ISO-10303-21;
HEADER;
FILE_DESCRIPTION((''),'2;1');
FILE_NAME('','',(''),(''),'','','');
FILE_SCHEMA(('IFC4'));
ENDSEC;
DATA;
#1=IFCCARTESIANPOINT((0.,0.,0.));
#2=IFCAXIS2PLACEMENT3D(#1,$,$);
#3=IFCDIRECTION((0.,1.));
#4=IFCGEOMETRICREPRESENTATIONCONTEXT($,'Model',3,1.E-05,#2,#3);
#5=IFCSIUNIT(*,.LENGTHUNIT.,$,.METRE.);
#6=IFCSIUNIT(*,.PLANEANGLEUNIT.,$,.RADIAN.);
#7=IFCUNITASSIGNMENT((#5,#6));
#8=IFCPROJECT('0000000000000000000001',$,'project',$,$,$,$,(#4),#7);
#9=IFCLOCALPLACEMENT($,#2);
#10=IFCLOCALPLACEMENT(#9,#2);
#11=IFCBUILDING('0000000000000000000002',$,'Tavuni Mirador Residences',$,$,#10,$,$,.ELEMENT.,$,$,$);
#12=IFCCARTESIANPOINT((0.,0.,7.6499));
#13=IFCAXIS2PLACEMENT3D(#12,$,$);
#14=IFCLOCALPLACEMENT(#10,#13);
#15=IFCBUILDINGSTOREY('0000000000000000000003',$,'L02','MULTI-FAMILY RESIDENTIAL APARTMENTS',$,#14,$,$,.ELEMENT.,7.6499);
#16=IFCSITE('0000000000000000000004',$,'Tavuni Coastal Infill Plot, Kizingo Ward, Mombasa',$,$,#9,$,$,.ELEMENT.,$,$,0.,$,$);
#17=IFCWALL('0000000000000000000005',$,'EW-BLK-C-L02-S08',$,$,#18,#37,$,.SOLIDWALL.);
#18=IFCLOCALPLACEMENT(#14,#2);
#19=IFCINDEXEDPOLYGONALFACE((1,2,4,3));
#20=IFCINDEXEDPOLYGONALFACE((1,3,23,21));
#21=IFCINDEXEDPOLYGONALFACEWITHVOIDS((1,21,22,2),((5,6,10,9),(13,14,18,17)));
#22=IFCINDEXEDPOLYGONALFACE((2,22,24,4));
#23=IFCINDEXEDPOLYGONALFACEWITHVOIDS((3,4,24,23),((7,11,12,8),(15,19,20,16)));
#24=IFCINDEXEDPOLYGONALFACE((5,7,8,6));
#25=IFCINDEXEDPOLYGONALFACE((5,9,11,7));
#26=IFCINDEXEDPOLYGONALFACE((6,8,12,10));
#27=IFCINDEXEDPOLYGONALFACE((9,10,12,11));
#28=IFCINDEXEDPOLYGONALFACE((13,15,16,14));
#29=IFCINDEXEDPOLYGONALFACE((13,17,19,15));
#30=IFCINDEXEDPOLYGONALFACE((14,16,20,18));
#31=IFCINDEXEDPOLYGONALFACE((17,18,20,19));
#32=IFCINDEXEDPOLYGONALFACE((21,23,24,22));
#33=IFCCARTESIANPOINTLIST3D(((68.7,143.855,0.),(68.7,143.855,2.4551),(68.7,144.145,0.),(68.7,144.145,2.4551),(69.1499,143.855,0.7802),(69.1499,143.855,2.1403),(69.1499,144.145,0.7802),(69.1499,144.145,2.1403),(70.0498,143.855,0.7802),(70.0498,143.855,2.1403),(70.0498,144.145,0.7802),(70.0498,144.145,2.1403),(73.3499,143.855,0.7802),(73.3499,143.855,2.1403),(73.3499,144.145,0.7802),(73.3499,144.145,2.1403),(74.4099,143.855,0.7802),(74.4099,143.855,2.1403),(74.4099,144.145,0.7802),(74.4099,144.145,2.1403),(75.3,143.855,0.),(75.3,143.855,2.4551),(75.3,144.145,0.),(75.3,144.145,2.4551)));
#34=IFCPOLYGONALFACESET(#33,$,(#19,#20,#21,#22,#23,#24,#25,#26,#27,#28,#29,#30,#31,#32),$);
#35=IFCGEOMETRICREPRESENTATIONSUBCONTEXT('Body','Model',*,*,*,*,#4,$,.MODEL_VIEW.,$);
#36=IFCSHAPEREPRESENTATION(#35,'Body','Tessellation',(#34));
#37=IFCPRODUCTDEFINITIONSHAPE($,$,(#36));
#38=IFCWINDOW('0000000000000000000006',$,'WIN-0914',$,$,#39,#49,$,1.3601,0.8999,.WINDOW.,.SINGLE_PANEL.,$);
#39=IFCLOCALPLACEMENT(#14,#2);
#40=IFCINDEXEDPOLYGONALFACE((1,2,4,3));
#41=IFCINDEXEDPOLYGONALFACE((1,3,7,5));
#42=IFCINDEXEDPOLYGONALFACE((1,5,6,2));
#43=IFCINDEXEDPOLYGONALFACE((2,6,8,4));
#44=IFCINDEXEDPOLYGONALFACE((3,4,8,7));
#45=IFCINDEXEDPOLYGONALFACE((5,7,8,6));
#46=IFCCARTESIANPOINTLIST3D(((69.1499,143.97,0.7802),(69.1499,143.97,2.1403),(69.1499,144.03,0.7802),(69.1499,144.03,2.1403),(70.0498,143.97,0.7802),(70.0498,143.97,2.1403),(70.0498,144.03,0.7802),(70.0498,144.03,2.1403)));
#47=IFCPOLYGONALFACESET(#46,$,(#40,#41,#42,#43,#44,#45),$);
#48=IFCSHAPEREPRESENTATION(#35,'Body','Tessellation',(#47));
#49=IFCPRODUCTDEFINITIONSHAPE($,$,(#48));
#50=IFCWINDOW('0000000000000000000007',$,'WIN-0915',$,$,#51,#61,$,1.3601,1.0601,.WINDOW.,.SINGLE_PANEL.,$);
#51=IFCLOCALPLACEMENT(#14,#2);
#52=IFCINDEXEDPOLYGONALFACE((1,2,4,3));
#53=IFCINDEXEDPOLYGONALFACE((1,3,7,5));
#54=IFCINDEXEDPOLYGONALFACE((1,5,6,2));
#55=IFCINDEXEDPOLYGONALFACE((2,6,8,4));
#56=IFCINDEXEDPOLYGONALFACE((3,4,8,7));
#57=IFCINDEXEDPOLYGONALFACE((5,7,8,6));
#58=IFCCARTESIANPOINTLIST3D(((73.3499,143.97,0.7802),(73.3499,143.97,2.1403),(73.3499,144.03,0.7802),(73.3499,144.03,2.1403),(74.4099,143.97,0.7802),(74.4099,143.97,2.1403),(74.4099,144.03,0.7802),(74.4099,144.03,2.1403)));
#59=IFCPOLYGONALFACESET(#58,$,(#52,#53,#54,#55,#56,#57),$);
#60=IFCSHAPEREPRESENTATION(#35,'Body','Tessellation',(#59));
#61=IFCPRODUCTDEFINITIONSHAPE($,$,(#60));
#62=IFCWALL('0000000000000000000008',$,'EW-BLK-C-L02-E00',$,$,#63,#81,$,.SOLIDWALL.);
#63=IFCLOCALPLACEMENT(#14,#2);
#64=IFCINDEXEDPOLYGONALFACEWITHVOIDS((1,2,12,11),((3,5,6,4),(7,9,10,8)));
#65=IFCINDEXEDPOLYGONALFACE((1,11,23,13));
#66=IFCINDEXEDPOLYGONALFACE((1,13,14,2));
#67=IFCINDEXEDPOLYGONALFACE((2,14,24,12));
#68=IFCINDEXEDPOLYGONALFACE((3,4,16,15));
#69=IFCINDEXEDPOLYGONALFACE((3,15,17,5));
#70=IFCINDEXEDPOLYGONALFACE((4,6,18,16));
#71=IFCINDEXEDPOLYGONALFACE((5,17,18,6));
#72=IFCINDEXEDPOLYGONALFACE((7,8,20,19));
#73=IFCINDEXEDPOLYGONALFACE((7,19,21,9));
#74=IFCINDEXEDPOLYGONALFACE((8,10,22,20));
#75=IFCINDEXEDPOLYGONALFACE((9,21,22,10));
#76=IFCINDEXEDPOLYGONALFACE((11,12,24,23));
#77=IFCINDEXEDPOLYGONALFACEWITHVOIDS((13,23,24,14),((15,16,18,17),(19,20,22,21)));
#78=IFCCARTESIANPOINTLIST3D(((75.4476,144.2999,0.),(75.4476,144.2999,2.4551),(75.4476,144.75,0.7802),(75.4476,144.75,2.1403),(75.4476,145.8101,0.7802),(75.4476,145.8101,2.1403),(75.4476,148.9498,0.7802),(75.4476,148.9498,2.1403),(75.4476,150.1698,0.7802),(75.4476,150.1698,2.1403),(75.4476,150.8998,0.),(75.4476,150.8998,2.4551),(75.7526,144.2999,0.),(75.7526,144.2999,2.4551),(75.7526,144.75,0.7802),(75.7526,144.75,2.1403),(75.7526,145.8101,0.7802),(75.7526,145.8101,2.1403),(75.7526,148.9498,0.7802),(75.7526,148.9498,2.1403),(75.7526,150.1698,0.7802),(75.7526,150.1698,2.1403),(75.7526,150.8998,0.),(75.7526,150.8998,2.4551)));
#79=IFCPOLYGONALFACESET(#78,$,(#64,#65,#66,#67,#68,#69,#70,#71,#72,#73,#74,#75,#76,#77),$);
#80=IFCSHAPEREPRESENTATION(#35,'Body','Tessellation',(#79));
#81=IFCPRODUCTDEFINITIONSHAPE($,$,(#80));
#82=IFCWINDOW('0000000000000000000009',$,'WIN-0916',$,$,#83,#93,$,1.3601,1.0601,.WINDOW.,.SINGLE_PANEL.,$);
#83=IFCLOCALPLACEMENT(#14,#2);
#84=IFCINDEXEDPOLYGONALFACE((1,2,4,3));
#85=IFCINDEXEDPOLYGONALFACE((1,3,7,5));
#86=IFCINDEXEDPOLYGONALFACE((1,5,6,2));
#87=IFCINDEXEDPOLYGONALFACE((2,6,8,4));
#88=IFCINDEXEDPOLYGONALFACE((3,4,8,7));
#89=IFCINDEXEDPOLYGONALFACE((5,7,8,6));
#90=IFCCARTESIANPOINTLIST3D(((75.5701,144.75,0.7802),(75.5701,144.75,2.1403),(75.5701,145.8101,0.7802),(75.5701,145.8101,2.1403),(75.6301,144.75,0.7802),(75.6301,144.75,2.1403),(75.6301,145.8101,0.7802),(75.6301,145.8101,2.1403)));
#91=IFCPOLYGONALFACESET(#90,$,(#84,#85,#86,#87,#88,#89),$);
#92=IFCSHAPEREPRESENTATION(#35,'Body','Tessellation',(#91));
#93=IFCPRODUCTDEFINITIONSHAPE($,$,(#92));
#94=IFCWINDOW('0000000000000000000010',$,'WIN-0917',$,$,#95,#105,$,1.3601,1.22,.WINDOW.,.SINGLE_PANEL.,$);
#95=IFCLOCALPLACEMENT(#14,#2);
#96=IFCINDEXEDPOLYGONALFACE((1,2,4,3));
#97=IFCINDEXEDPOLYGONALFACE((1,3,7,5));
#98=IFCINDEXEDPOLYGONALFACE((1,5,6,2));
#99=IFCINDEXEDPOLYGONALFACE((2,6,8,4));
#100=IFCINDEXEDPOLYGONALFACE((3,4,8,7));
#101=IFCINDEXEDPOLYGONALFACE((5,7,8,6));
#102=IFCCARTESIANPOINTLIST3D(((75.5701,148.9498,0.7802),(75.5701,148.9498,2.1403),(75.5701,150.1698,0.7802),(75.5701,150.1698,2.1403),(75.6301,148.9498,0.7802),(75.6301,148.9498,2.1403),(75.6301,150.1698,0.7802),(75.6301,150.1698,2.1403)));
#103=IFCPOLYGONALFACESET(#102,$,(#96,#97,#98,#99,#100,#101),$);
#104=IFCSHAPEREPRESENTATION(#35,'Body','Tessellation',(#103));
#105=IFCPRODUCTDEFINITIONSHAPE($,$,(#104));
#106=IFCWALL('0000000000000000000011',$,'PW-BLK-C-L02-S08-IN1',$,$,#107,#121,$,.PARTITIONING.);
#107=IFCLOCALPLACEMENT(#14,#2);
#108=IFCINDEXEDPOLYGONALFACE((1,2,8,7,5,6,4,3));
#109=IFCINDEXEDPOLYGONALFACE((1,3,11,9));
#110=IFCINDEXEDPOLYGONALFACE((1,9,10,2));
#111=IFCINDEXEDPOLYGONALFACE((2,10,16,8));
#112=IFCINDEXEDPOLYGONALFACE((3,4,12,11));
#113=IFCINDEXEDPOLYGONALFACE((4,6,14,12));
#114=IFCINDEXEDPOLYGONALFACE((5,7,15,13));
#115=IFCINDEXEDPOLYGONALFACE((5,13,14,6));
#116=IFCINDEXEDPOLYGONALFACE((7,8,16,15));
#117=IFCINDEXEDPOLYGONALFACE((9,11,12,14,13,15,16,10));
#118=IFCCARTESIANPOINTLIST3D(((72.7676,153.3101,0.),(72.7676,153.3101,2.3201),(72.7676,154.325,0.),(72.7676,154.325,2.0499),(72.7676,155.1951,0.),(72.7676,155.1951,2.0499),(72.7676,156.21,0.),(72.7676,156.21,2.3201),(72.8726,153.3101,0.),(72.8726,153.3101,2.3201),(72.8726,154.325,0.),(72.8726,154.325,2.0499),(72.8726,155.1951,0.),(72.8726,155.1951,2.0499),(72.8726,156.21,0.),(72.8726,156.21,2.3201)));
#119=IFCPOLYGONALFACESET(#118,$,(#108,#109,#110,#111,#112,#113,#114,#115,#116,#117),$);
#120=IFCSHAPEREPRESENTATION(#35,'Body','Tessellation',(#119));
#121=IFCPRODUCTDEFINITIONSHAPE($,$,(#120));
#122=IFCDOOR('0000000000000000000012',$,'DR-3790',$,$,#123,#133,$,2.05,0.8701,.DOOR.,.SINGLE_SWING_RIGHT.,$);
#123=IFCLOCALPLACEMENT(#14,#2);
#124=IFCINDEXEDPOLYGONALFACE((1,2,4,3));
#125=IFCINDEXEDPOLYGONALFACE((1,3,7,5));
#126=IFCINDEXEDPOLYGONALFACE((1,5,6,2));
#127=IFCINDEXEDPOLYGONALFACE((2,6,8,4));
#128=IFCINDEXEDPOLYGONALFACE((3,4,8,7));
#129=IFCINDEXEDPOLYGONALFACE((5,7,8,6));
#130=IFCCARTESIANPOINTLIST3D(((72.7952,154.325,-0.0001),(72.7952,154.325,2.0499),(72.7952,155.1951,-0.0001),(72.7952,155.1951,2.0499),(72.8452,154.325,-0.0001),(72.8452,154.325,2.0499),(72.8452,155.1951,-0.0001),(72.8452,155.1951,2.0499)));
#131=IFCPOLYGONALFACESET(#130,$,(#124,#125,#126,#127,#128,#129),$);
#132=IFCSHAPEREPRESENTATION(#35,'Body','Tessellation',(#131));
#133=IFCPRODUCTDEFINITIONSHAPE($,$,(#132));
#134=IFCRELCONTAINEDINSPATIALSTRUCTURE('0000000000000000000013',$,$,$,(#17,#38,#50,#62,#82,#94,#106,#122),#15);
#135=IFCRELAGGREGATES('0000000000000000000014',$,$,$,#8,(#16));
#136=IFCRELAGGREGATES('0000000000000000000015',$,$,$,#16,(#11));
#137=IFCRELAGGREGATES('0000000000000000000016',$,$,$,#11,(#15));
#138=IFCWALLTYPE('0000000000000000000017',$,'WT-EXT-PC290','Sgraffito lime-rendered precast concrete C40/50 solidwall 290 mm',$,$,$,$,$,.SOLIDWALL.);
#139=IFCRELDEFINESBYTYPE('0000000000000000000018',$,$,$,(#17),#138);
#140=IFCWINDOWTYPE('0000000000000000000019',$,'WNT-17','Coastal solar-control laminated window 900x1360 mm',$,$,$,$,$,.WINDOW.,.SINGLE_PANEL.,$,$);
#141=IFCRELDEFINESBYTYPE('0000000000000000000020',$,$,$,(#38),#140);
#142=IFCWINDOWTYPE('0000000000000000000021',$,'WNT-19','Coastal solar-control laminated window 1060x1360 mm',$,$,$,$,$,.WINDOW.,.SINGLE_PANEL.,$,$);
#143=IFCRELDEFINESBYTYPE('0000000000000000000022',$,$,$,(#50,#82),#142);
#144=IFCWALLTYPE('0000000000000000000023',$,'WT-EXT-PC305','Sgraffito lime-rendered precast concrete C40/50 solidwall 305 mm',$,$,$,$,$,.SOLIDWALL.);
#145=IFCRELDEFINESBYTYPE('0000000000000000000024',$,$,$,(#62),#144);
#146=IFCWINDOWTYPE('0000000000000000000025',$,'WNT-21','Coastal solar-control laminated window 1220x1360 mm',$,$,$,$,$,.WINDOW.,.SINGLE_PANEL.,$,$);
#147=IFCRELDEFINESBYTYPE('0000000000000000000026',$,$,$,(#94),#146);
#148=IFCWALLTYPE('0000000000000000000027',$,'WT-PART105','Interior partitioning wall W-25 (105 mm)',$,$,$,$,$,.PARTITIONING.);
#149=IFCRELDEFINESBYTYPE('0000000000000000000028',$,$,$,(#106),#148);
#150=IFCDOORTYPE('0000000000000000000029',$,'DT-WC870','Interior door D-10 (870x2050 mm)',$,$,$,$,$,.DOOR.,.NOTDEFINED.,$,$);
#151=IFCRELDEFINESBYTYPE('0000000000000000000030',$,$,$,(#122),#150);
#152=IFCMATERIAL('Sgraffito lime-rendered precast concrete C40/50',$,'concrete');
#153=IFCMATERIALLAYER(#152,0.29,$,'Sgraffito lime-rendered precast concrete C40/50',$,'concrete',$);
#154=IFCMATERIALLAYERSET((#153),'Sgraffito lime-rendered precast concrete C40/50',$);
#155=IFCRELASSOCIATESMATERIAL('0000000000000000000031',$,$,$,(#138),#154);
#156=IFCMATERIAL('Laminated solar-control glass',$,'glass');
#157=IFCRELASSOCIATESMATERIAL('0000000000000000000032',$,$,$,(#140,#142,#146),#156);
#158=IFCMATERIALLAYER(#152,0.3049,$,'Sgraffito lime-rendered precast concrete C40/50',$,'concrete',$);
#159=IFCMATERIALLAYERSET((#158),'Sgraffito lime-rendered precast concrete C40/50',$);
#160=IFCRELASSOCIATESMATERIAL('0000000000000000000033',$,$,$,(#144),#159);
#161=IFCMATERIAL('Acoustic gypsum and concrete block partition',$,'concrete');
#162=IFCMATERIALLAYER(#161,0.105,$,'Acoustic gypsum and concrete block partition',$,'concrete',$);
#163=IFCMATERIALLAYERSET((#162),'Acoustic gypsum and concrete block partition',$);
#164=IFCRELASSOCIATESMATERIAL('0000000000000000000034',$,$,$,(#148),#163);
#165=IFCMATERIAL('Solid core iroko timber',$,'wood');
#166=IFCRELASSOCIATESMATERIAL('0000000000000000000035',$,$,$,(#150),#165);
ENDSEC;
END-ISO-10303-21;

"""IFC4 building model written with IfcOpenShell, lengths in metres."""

from ifc_helpers import new_model, si_unit, direction, frame, frame_2d, origin, place, context, subcontext, project, spatial, rectangle, extrude, material, layer, layer_set, type_object, element, fill, save


model = new_model("IFC4")

# Units and contexts
model_context = context("Model", 3, precision=1e-05, world=origin(), true_north=direction((0.0, 1.0)))
body_context = subcontext(model_context, "Body", "Model", "MODEL_VIEW")
ifc_project = project(units=[si_unit("LENGTHUNIT", "METRE"), si_unit("PLANEANGLEUNIT", "RADIAN")], contexts=[model_context])

# Site, building, storey
site_placement = place(None, origin())
site = spatial("IfcSite", under=ifc_project, at=site_placement, Name="Tavuni Coastal Infill Plot, Kizingo Ward, Mombasa", CompositionType="ELEMENT", RefElevation=0.0)
building_placement = place(site_placement, origin())
building = spatial("IfcBuilding", under=site, at=building_placement, Name="Tavuni Mirador Residences", CompositionType="ELEMENT")
storey_placement = place(building_placement, frame((0.0, 0.0, 7.6499)))
storey = spatial("IfcBuildingStorey", under=building, at=storey_placement, Name="L02", Description="MULTI-FAMILY RESIDENTIAL APARTMENTS", CompositionType="ELEMENT", Elevation=7.6499)

# Shared definitions
ifc_material_1 = material(Name="Solid core iroko timber", Category="wood")

# Walls, openings, windows
ifc_material_2 = material(Name="Sgraffito lime-rendered precast concrete C40/50", Category="concrete")
ifc_layer_1 = layer(ifc_material_2, 0.29, Name="Sgraffito lime-rendered precast concrete C40/50", Category="concrete")
ifc_layer_set_1 = layer_set([ifc_layer_1], Name="Sgraffito lime-rendered precast concrete C40/50")
wall_type_1 = type_object("IfcWallType", Name="WT-EXT-PC290", Description="Sgraffito lime-rendered precast concrete C40/50 solidwall 290 mm", PredefinedType="SOLIDWALL", material=ifc_layer_set_1)
wall_1_placement = place(storey_placement, frame((68.7, 144.0, 0.0), z_axis=(0.0, 0.0, 1.0), x_axis=(1.0, 0.0, 0.0)))
wall_1 = element("IfcWall", 1, at=wall_1_placement, inside=storey, type_object=wall_type_1, Name="EW-BLK-C-L02-S08", PredefinedType="SOLIDWALL", context=body_context, shape_type="SweptSolid", body=[
    extrude(rectangle(XDim=6.6001, YDim=0.29, at=frame_2d((3.3, 0.0))), origin(), (0.0, 0.0, 1.0), 2.4551),
])
opening_1_placement = place(wall_1_placement, frame((0.45, 0.0, 0.78)))
opening_1 = element("IfcOpeningElement", 2, at=opening_1_placement, cuts=wall_1, PredefinedType="OPENING", context=body_context, shape_type="SweptSolid", body=[
    extrude(rectangle(XDim=0.8999, YDim=1.3601, at=frame_2d((0.45, 0.6802))), frame((0.0, 0.155, 0.0), z_axis=(0.0, -1.0, 0.0), x_axis=(1.0, 0.0, 0.0)), (0.0, 0.0, 1.0), 0.3101),
])
opening_2_placement = place(wall_1_placement, frame((4.6499, 0.0, 0.78)))
opening_2 = element("IfcOpeningElement", 3, at=opening_2_placement, cuts=wall_1, PredefinedType="OPENING", context=body_context, shape_type="SweptSolid", body=[
    extrude(rectangle(XDim=1.0601, YDim=1.3601, at=frame_2d((0.53, 0.6802))), frame((0.0, 0.155, 0.0), z_axis=(0.0, -1.0, 0.0), x_axis=(1.0, 0.0, 0.0)), (0.0, 0.0, 1.0), 0.3101),
])
ifc_material_3 = material(Name="Laminated solar-control glass", Category="glass")
window_type_1 = type_object("IfcWindowType", Name="WNT-17", Description="Coastal solar-control laminated window 900x1360 mm", PartitioningType="SINGLE_PANEL", PredefinedType="WINDOW", material=ifc_material_3)
window_1_placement = place(opening_1_placement, origin())
window_1 = element("IfcWindow", 4, at=window_1_placement, inside=storey, type_object=window_type_1, Name="WIN-0914", OverallHeight=1.3601, OverallWidth=0.8999, PartitioningType="SINGLE_PANEL", PredefinedType="WINDOW", context=body_context, shape_type="SweptSolid", body=[
    extrude(rectangle(XDim=0.8999, YDim=1.3601, at=frame_2d((0.45, 0.6802))), frame((0.0, 0.03, 0.0), z_axis=(0.0, -1.0, 0.0), x_axis=(1.0, 0.0, 0.0)), (0.0, 0.0, 1.0), 0.0601),
])
fill(opening_1, window_1)
window_type_2 = type_object("IfcWindowType", Name="WNT-19", Description="Coastal solar-control laminated window 1060x1360 mm", PartitioningType="SINGLE_PANEL", PredefinedType="WINDOW", material=ifc_material_3)
window_2_placement = place(opening_2_placement, origin())
window_2 = element("IfcWindow", 5, at=window_2_placement, inside=storey, type_object=window_type_2, Name="WIN-0915", OverallHeight=1.3601, OverallWidth=1.0601, PartitioningType="SINGLE_PANEL", PredefinedType="WINDOW", context=body_context, shape_type="SweptSolid", body=[
    extrude(rectangle(XDim=1.0601, YDim=1.3601, at=frame_2d((0.53, 0.6802))), frame((0.0, 0.03, 0.0), z_axis=(0.0, -1.0, 0.0), x_axis=(1.0, 0.0, 0.0)), (0.0, 0.0, 1.0), 0.0601),
])
fill(opening_2, window_2)
ifc_layer_2 = layer(ifc_material_2, 0.3049, Name="Sgraffito lime-rendered precast concrete C40/50", Category="concrete")
ifc_layer_set_2 = layer_set([ifc_layer_2], Name="Sgraffito lime-rendered precast concrete C40/50")
wall_type_2 = type_object("IfcWallType", Name="WT-EXT-PC305", Description="Sgraffito lime-rendered precast concrete C40/50 solidwall 305 mm", PredefinedType="SOLIDWALL", material=ifc_layer_set_2)
wall_2_placement = place(storey_placement, frame((75.6001, 144.3, 0.0), z_axis=(0.0, 0.0, 1.0), x_axis=(0.0, 1.0, 0.0)))
wall_2 = element("IfcWall", 6, at=wall_2_placement, inside=storey, type_object=wall_type_2, Name="EW-BLK-C-L02-E00", PredefinedType="SOLIDWALL", context=body_context, shape_type="SweptSolid", body=[
    extrude(rectangle(XDim=6.5999, YDim=0.3049, at=frame_2d((3.2998, 0.0))), origin(), (0.0, 0.0, 1.0), 2.4551),
])
opening_3_placement = place(wall_2_placement, frame((0.45, 0.0, 0.78)))
opening_3 = element("IfcOpeningElement", 7, at=opening_3_placement, cuts=wall_2, PredefinedType="OPENING", context=body_context, shape_type="SweptSolid", body=[
    extrude(rectangle(XDim=1.0601, YDim=1.3601, at=frame_2d((0.53, 0.6802))), frame((0.0, 0.1626, 0.0), z_axis=(0.0, -1.0, 0.0), x_axis=(1.0, 0.0, 0.0)), (0.0, 0.0, 1.0), 0.325),
])
opening_4_placement = place(wall_2_placement, frame((4.6499, 0.0, 0.78)))
opening_4 = element("IfcOpeningElement", 8, at=opening_4_placement, cuts=wall_2, PredefinedType="OPENING", context=body_context, shape_type="SweptSolid", body=[
    extrude(rectangle(XDim=1.22, YDim=1.3601, at=frame_2d((0.6099, 0.6802))), frame((0.0, 0.1626, 0.0), z_axis=(0.0, -1.0, 0.0), x_axis=(1.0, 0.0, 0.0)), (0.0, 0.0, 1.0), 0.325),
])
window_3_placement = place(opening_3_placement, origin())
window_3 = element("IfcWindow", 9, at=window_3_placement, inside=storey, type_object=window_type_2, Name="WIN-0916", OverallHeight=1.3601, OverallWidth=1.0601, PartitioningType="SINGLE_PANEL", PredefinedType="WINDOW", context=body_context, shape_type="SweptSolid", body=[
    extrude(rectangle(XDim=1.0601, YDim=1.3601, at=frame_2d((0.53, 0.6802))), frame((0.0, 0.03, 0.0), z_axis=(0.0, -1.0, 0.0), x_axis=(1.0, 0.0, 0.0)), (0.0, 0.0, 1.0), 0.0601),
])
fill(opening_3, window_3)
window_type_3 = type_object("IfcWindowType", Name="WNT-21", Description="Coastal solar-control laminated window 1220x1360 mm", PartitioningType="SINGLE_PANEL", PredefinedType="WINDOW", material=ifc_material_3)
window_4_placement = place(opening_4_placement, origin())
window_4 = element("IfcWindow", 10, at=window_4_placement, inside=storey, type_object=window_type_3, Name="WIN-0917", OverallHeight=1.3601, OverallWidth=1.22, PartitioningType="SINGLE_PANEL", PredefinedType="WINDOW", context=body_context, shape_type="SweptSolid", body=[
    extrude(rectangle(XDim=1.22, YDim=1.3601, at=frame_2d((0.6099, 0.6802))), frame((0.0, 0.03, 0.0), z_axis=(0.0, -1.0, 0.0), x_axis=(1.0, 0.0, 0.0)), (0.0, 0.0, 1.0), 0.0601),
])
fill(opening_4, window_4)

# Wall, opening, door
ifc_material_4 = material(Name="Acoustic gypsum and concrete block partition", Category="concrete")
ifc_layer_3 = layer(ifc_material_4, 0.105, Name="Acoustic gypsum and concrete block partition", Category="concrete")
ifc_layer_set_3 = layer_set([ifc_layer_3], Name="Acoustic gypsum and concrete block partition")
wall_type_3 = type_object("IfcWallType", Name="WT-PART105", Description="Interior partitioning wall W-25 (105 mm)", PredefinedType="PARTITIONING", material=ifc_layer_set_3)
wall_3_placement = place(storey_placement, frame((72.8201, 153.3101, 0.0), z_axis=(0.0, 0.0, 1.0), x_axis=(0.0, 1.0, 0.0)))
wall_3 = element("IfcWall", 11, at=wall_3_placement, inside=storey, type_object=wall_type_3, Name="PW-BLK-C-L02-S08-IN1", PredefinedType="PARTITIONING", context=body_context, shape_type="SweptSolid", body=[
    extrude(rectangle(XDim=2.8999, YDim=0.105, at=frame_2d((1.45, 0.0))), origin(), (0.0, 0.0, 1.0), 2.3201),
])
opening_5_placement = place(wall_3_placement, frame((1.0149, 0.0, 0.0)))
opening_5 = element("IfcOpeningElement", 12, at=opening_5_placement, cuts=wall_3, PredefinedType="OPENING", context=body_context, shape_type="SweptSolid", body=[
    extrude(rectangle(XDim=0.8701, YDim=2.05, at=frame_2d((0.4351, 1.0249))), frame((0.0, 0.0625, 0.0), z_axis=(0.0, -1.0, 0.0), x_axis=(1.0, 0.0, 0.0)), (0.0, 0.0, 1.0), 0.125),
])
door_type_1 = type_object("IfcDoorType", Name="DT-WC870", Description="Interior door D-10 (870x2050 mm)", OperationType="NOTDEFINED", PredefinedType="DOOR", material=ifc_material_1)
door_1_placement = place(opening_5_placement, origin())
door_1 = element("IfcDoor", 13, at=door_1_placement, inside=storey, type_object=door_type_1, Name="DR-3790", OperationType="SINGLE_SWING_RIGHT", OverallHeight=2.05, OverallWidth=0.8701, PredefinedType="DOOR", context=body_context, shape_type="SweptSolid", body=[
    extrude(rectangle(XDim=0.8701, YDim=2.05, at=frame_2d((0.4351, 1.0249))), frame((0.0, 0.0249, 0.0), z_axis=(0.0, -1.0, 0.0), x_axis=(1.0, 0.0, 0.0)), (0.0, 0.0, 1.0), 0.05),
])
fill(opening_5, door_1)

save(model, "model.ifc")
